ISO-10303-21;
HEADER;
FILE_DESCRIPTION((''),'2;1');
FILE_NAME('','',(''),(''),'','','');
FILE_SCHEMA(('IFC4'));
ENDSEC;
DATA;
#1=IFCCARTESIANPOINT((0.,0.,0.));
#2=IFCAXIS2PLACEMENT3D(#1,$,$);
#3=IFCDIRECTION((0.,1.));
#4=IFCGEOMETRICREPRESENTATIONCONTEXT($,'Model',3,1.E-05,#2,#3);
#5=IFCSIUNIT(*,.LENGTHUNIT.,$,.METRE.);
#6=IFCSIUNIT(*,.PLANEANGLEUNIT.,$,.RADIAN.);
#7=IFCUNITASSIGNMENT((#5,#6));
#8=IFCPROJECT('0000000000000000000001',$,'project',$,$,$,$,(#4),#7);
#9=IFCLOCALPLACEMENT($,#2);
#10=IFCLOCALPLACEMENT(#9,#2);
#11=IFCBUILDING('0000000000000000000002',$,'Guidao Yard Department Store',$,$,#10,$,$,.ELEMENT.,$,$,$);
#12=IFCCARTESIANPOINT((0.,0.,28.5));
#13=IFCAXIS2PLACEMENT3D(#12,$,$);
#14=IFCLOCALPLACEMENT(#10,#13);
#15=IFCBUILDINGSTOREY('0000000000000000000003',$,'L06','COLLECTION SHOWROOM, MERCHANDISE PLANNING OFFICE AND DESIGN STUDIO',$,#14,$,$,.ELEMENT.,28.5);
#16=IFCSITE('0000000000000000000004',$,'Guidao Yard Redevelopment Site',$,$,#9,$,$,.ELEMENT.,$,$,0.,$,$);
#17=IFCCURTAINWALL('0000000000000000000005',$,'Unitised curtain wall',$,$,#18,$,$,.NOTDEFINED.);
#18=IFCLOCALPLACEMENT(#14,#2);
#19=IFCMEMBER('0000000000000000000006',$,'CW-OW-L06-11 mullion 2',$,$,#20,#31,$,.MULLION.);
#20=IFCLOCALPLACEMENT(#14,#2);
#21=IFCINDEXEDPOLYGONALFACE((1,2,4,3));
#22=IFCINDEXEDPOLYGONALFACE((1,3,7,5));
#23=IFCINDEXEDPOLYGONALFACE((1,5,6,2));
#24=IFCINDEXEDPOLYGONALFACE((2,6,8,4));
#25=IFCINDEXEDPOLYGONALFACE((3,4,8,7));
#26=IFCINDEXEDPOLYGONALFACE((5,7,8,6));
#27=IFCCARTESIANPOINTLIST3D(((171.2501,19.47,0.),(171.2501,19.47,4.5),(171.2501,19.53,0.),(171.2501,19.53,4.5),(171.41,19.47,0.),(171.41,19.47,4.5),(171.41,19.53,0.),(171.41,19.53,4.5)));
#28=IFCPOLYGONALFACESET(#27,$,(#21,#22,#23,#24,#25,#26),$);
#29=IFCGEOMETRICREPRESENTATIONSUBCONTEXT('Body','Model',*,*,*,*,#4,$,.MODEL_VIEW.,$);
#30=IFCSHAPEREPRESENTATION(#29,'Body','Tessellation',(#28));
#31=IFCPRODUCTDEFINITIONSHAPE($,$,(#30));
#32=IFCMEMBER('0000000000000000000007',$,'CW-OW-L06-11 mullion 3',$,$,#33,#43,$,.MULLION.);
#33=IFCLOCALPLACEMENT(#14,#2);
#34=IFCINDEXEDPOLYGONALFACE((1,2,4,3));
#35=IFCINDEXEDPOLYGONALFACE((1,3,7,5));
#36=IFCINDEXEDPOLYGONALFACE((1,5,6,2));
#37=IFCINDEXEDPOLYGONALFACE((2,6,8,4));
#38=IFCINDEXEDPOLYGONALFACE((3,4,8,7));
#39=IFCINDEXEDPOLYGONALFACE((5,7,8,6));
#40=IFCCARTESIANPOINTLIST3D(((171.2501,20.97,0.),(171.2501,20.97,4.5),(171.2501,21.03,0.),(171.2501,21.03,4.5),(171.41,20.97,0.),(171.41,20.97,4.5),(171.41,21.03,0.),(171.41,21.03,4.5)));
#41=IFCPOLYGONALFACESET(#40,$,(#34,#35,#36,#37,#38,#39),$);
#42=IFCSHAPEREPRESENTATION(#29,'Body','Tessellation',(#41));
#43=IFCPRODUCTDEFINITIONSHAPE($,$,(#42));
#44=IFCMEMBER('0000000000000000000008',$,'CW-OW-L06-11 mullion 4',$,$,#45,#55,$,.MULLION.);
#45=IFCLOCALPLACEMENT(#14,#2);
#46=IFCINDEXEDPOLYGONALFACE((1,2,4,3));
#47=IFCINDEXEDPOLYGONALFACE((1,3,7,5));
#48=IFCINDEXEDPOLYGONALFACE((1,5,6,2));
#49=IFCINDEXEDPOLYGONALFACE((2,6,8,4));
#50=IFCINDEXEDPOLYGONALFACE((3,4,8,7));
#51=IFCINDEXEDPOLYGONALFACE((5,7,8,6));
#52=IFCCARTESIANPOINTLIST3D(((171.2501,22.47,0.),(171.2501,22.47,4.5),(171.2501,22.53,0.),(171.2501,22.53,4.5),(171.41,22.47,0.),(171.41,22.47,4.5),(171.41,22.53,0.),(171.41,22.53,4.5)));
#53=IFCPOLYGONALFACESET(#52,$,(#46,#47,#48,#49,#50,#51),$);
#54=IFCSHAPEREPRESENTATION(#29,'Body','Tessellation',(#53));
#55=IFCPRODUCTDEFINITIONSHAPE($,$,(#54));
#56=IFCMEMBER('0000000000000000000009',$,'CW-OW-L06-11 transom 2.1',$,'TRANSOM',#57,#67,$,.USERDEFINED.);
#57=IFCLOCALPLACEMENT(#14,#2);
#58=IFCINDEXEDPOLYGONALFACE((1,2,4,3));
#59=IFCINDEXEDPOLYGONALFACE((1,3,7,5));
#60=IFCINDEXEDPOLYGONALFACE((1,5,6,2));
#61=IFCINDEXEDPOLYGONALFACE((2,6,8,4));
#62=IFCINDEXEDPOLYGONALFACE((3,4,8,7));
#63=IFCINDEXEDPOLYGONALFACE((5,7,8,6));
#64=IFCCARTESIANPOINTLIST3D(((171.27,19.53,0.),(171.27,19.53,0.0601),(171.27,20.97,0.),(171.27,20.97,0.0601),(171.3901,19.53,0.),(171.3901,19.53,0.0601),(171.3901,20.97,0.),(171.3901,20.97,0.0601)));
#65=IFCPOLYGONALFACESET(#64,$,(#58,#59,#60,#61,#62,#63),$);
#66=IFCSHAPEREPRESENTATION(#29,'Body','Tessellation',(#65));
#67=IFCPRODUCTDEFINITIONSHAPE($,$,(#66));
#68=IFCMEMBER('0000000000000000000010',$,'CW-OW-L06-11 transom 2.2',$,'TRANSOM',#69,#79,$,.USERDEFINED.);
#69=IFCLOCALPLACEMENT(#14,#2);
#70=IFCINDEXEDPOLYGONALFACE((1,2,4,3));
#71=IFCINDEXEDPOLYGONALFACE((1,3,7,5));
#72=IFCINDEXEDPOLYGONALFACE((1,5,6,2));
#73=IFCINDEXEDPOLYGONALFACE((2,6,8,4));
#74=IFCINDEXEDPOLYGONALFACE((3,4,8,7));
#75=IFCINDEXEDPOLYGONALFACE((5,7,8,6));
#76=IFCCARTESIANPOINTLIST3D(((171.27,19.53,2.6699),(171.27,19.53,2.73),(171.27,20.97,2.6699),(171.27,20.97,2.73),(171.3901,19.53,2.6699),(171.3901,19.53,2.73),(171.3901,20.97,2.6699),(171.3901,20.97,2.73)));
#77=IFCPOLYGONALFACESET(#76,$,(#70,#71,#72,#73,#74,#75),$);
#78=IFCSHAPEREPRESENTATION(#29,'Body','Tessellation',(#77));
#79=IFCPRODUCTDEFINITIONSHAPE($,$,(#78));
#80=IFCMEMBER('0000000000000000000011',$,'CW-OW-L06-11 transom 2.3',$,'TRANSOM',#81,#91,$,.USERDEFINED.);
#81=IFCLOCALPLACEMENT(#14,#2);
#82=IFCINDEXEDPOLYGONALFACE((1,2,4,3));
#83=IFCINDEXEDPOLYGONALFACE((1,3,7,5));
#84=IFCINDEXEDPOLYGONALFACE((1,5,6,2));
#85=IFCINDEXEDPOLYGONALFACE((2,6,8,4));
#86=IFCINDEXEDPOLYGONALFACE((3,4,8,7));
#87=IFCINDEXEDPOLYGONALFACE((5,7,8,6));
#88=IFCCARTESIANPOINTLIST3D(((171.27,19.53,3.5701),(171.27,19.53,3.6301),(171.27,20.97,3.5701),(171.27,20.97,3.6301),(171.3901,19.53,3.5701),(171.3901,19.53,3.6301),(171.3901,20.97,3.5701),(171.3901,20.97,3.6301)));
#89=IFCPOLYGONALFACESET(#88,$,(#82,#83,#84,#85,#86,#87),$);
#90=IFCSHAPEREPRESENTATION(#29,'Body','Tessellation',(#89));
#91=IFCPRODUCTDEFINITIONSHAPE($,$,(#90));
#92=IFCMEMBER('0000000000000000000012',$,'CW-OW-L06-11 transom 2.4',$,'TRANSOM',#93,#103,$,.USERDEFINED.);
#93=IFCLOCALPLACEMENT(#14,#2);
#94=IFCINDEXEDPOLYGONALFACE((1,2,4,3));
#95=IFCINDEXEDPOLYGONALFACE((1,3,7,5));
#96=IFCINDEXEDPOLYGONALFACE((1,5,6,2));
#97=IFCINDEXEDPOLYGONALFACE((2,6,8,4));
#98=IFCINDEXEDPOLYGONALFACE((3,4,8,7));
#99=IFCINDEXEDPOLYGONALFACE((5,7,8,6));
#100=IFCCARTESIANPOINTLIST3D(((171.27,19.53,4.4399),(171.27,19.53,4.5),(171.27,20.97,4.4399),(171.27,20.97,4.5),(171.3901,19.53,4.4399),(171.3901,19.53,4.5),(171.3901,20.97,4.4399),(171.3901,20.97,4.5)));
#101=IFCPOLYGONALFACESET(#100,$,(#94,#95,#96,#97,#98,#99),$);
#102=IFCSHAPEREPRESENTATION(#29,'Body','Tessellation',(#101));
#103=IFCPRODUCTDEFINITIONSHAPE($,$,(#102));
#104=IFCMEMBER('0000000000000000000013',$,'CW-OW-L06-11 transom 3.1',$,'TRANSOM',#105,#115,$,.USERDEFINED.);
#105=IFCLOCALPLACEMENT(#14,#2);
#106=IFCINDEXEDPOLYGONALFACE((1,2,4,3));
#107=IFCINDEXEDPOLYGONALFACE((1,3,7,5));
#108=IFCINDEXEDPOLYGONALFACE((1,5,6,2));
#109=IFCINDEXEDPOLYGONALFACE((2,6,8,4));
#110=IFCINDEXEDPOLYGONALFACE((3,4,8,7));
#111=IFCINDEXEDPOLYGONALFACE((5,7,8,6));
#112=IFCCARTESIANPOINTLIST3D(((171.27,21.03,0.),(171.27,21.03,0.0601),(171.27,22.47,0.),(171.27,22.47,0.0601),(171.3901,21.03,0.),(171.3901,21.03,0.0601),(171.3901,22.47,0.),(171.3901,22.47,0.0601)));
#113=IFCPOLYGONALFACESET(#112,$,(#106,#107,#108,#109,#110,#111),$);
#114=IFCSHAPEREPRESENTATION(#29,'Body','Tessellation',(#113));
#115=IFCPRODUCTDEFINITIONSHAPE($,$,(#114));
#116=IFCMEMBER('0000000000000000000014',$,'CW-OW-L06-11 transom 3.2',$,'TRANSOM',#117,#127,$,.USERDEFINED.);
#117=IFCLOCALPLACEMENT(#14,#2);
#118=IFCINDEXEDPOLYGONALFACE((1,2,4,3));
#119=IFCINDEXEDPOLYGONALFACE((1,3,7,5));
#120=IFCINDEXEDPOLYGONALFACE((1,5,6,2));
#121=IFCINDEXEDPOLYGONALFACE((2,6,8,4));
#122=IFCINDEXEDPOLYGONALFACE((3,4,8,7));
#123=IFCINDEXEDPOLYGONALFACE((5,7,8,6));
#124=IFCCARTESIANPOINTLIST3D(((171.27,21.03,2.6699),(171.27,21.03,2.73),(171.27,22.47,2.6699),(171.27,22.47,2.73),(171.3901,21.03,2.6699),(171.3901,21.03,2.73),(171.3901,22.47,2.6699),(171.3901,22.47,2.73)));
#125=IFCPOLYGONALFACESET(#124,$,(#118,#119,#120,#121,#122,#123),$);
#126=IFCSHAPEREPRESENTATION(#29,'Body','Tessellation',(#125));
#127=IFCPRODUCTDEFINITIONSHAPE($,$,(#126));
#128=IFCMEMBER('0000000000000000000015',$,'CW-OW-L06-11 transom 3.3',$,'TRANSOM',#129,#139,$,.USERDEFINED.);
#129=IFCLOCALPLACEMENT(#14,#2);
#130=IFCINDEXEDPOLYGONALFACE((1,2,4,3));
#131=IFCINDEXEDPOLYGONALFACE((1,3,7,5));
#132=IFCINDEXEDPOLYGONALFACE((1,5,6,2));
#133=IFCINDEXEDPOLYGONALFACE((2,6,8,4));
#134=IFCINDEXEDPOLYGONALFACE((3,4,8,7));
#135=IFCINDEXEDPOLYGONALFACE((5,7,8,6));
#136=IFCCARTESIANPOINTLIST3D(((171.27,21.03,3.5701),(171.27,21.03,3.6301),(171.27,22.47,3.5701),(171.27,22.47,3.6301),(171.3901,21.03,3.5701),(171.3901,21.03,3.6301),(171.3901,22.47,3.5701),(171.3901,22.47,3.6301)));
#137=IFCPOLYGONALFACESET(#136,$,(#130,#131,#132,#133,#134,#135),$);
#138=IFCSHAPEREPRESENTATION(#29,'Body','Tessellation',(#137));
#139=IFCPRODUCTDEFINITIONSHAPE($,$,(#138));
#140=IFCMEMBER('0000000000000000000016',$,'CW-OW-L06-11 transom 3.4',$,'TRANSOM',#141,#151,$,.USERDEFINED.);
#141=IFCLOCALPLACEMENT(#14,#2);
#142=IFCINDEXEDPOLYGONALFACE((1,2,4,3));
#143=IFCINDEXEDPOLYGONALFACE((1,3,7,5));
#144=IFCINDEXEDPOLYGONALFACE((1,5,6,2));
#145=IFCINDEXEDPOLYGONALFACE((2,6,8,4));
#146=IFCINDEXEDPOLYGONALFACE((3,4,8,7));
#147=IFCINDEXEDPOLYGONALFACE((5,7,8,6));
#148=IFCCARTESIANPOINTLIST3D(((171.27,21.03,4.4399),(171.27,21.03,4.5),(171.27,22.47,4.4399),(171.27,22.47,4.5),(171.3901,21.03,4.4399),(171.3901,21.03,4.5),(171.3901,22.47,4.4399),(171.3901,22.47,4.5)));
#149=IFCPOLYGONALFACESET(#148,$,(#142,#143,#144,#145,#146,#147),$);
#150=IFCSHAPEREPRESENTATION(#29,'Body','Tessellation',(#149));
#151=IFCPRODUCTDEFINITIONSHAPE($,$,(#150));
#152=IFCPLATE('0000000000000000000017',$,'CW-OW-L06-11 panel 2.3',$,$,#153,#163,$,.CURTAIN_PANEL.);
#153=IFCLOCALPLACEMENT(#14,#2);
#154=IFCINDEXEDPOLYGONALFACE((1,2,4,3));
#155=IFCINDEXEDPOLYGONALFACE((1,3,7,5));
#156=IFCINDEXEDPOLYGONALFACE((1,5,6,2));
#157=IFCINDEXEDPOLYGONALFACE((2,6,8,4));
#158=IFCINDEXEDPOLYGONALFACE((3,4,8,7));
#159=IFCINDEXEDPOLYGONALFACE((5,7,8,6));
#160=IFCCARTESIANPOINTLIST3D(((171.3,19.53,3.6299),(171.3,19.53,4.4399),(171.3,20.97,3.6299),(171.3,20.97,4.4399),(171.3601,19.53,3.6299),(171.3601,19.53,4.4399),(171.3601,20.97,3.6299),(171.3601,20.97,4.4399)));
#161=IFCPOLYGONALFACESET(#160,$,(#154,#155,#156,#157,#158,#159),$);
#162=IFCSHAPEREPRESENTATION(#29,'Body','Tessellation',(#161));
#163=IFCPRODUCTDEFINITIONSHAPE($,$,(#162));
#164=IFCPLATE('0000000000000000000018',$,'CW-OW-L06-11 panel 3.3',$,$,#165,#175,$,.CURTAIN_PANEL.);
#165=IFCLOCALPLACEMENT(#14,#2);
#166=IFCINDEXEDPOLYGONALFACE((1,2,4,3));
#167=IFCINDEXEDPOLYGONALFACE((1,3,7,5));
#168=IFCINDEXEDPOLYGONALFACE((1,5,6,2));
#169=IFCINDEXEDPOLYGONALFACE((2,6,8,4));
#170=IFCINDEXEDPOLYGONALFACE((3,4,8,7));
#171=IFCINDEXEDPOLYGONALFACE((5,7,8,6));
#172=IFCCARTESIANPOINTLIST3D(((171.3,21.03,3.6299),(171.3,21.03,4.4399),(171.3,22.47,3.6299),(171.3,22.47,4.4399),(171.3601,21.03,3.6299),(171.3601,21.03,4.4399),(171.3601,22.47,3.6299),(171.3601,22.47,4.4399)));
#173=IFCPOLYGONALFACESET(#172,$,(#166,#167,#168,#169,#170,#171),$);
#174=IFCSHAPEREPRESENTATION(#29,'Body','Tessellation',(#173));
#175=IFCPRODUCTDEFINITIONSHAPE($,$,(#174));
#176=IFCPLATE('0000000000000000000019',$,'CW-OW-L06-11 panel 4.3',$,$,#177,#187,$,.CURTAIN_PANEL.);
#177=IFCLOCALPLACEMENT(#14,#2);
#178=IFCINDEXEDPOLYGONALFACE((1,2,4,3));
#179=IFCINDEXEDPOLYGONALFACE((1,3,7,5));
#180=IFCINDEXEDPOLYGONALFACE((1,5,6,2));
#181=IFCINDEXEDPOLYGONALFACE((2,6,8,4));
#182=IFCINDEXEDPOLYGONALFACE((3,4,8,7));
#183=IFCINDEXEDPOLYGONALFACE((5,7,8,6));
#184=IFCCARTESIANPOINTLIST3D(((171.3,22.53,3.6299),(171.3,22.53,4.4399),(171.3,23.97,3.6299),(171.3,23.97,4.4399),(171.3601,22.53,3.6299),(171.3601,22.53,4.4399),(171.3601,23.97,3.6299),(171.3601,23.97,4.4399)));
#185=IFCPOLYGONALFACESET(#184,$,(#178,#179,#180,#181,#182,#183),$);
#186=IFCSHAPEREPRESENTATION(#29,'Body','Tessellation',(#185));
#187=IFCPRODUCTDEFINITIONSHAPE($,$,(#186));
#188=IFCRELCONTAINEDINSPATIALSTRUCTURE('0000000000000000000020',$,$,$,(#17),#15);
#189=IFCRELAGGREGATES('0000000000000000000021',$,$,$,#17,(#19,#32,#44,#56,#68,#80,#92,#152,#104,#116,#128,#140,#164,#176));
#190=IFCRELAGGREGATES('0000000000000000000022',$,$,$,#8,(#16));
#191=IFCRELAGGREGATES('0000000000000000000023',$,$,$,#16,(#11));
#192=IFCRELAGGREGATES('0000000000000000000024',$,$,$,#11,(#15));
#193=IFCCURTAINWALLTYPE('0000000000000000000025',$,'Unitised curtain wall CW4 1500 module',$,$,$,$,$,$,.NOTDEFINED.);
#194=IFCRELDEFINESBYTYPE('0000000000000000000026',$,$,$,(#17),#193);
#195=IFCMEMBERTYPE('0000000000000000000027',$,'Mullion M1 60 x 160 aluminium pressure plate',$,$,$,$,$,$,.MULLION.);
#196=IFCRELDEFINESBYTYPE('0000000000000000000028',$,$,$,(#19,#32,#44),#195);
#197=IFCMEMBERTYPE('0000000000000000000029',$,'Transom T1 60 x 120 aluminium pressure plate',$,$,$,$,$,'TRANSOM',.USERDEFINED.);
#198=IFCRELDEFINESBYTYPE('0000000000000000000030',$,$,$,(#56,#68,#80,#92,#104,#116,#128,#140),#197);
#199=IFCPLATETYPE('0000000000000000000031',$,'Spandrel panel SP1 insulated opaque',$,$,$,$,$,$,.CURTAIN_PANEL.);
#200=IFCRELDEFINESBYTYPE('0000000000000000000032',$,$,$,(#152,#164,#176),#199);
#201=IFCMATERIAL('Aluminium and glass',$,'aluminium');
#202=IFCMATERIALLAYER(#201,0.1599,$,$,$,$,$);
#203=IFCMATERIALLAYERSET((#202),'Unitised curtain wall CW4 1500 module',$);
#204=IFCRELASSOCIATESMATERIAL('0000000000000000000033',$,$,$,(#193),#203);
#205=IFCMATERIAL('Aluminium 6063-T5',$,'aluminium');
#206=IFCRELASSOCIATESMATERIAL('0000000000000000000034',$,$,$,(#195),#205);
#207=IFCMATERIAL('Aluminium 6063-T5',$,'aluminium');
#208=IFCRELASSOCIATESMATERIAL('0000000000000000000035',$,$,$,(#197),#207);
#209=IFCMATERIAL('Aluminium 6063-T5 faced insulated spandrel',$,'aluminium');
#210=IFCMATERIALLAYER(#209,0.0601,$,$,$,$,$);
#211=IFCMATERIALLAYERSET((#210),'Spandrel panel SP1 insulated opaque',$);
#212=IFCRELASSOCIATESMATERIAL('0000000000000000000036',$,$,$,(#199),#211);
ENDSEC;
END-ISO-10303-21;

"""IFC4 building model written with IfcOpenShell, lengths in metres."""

from ifc_helpers import new_model, si_unit, direction, frame, origin, origin_2d, place, context, subcontext, project, spatial, rectangle, extrude, material, layer, layer_set, material_profile, profile_set, type_object, element, aggregate, save


model = new_model("IFC4")

# Units and contexts
model_context = context("Model", 3, precision=1e-05, world=origin(), true_north=direction((0.0, 1.0)))
body_context = subcontext(model_context, "Body", "Model", "MODEL_VIEW")
ifc_project = project(units=[si_unit("LENGTHUNIT", "METRE"), si_unit("PLANEANGLEUNIT", "RADIAN")], contexts=[model_context])

# Site, building, storey
site_placement = place(None, origin())
site = spatial("IfcSite", under=ifc_project, at=site_placement, Name="Guidao Yard Redevelopment Site", CompositionType="ELEMENT", RefElevation=0.0)
building_placement = place(site_placement, origin())
building = spatial("IfcBuilding", under=site, at=building_placement, Name="Guidao Yard Department Store", CompositionType="ELEMENT")
storey_placement = place(building_placement, frame((0.0, 0.0, 28.5)))
storey = spatial("IfcBuildingStorey", under=building, at=storey_placement, Name="L06", Description="COLLECTION SHOWROOM, MERCHANDISE PLANNING OFFICE AND DESIGN STUDIO", CompositionType="ELEMENT", Elevation=28.5)

# Curtain wall, members, plates
ifc_material_1 = material(Name="Aluminium and glass", Category="aluminium")
ifc_layer_1 = layer(ifc_material_1, 0.1599)
ifc_layer_set_1 = layer_set([ifc_layer_1], Name="Unitised curtain wall CW4 1500 module")
curtain_wall_type = type_object("IfcCurtainWallType", Name="Unitised curtain wall CW4 1500 module", PredefinedType="NOTDEFINED", material=ifc_layer_set_1)
curtain_wall_placement = place(storey_placement, origin())
curtain_wall = element("IfcCurtainWall", 1, at=curtain_wall_placement, inside=storey, type_object=curtain_wall_type, Name="Unitised curtain wall", PredefinedType="NOTDEFINED")
ifc_material_2 = material(Name="Aluminium 6063-T5", Category="aluminium")
ifc_material_profile_1 = material_profile(ifc_material_2, rectangle(XDim=0.0601, YDim=0.1599, at=origin_2d()), Name="Mullion M1 60 x 160 aluminium pressure plate")
ifc_profile_set_1 = profile_set([ifc_material_profile_1], Name="Aluminium 6063-T5")
member_type_1 = type_object("IfcMemberType", Name="Mullion M1 60 x 160 aluminium pressure plate", PredefinedType="MULLION", material=ifc_profile_set_1)
member_1_placement = place(storey_placement, frame((171.3301, 19.5, 0.0), z_axis=(0.0, 0.0, 1.0), x_axis=(0.0, -1.0, 0.0)))
member_1 = element("IfcMember", 2, at=member_1_placement, type_object=member_type_1, Name="CW-OW-L06-11 mullion 2", PredefinedType="MULLION", context=body_context, shape_type="SweptSolid", body=[
    extrude(rectangle(XDim=0.0601, YDim=0.1599, at=origin_2d()), origin(), (0.0, 0.0, 1.0), 4.5),
])
member_2_placement = place(storey_placement, frame((171.3301, 21.0, 0.0), z_axis=(0.0, 0.0, 1.0), x_axis=(0.0, -1.0, 0.0)))
member_2 = element("IfcMember", 3, at=member_2_placement, type_object=member_type_1, Name="CW-OW-L06-11 mullion 3", PredefinedType="MULLION", context=body_context, shape_type="SweptSolid", body=[
    extrude(rectangle(XDim=0.0601, YDim=0.1599, at=origin_2d()), origin(), (0.0, 0.0, 1.0), 4.5),
])
member_3_placement = place(storey_placement, frame((171.3301, 22.5, 0.0), z_axis=(0.0, 0.0, 1.0), x_axis=(0.0, -1.0, 0.0)))
member_3 = element("IfcMember", 4, at=member_3_placement, type_object=member_type_1, Name="CW-OW-L06-11 mullion 4", PredefinedType="MULLION", context=body_context, shape_type="SweptSolid", body=[
    extrude(rectangle(XDim=0.0601, YDim=0.1599, at=origin_2d()), origin(), (0.0, 0.0, 1.0), 4.5),
])
ifc_material_3 = material(Name="Aluminium 6063-T5", Category="aluminium")
ifc_material_profile_2 = material_profile(ifc_material_3, rectangle(XDim=0.1201, YDim=0.0601, at=origin_2d()), Name="Transom T1 60 x 120 aluminium pressure plate")
ifc_profile_set_2 = profile_set([ifc_material_profile_2], Name="Aluminium 6063-T5")
member_type_2 = type_object("IfcMemberType", Name="Transom T1 60 x 120 aluminium pressure plate", ElementType="TRANSOM", PredefinedType="USERDEFINED", material=ifc_profile_set_2)
member_4_placement = place(storey_placement, frame((171.3301, 20.97, 0.03), z_axis=(0.0, -1.0, 0.0), x_axis=(1.0, 0.0, 0.0)))
member_4 = element("IfcMember", 5, at=member_4_placement, type_object=member_type_2, Name="CW-OW-L06-11 transom 2.1", ObjectType="TRANSOM", PredefinedType="USERDEFINED", context=body_context, shape_type="SweptSolid", body=[
    extrude(rectangle(XDim=0.1201, YDim=0.0601, at=origin_2d()), origin(), (0.0, 0.0, 1.0), 1.4399),
])
member_5_placement = place(storey_placement, frame((171.3301, 20.97, 2.7), z_axis=(0.0, -1.0, 0.0), x_axis=(1.0, 0.0, 0.0)))
member_5 = element("IfcMember", 6, at=member_5_placement, type_object=member_type_2, Name="CW-OW-L06-11 transom 2.2", ObjectType="TRANSOM", PredefinedType="USERDEFINED", context=body_context, shape_type="SweptSolid", body=[
    extrude(rectangle(XDim=0.1201, YDim=0.0601, at=origin_2d()), origin(), (0.0, 0.0, 1.0), 1.4399),
])
member_6_placement = place(storey_placement, frame((171.3301, 20.97, 3.6001), z_axis=(0.0, -1.0, 0.0), x_axis=(1.0, 0.0, 0.0)))
member_6 = element("IfcMember", 7, at=member_6_placement, type_object=member_type_2, Name="CW-OW-L06-11 transom 2.3", ObjectType="TRANSOM", PredefinedType="USERDEFINED", context=body_context, shape_type="SweptSolid", body=[
    extrude(rectangle(XDim=0.1201, YDim=0.0601, at=origin_2d()), origin(), (0.0, 0.0, 1.0), 1.4399),
])
member_7_placement = place(storey_placement, frame((171.3301, 20.97, 4.47), z_axis=(0.0, -1.0, 0.0), x_axis=(1.0, 0.0, 0.0)))
member_7 = element("IfcMember", 8, at=member_7_placement, type_object=member_type_2, Name="CW-OW-L06-11 transom 2.4", ObjectType="TRANSOM", PredefinedType="USERDEFINED", context=body_context, shape_type="SweptSolid", body=[
    extrude(rectangle(XDim=0.1201, YDim=0.0601, at=origin_2d()), origin(), (0.0, 0.0, 1.0), 1.4399),
])
member_8_placement = place(storey_placement, frame((171.3301, 22.47, 0.03), z_axis=(0.0, -1.0, 0.0), x_axis=(1.0, 0.0, 0.0)))
member_8 = element("IfcMember", 9, at=member_8_placement, type_object=member_type_2, Name="CW-OW-L06-11 transom 3.1", ObjectType="TRANSOM", PredefinedType="USERDEFINED", context=body_context, shape_type="SweptSolid", body=[
    extrude(rectangle(XDim=0.1201, YDim=0.0601, at=origin_2d()), origin(), (0.0, 0.0, 1.0), 1.4399),
])
member_9_placement = place(storey_placement, frame((171.3301, 22.47, 2.7), z_axis=(0.0, -1.0, 0.0), x_axis=(1.0, 0.0, 0.0)))
member_9 = element("IfcMember", 10, at=member_9_placement, type_object=member_type_2, Name="CW-OW-L06-11 transom 3.2", ObjectType="TRANSOM", PredefinedType="USERDEFINED", context=body_context, shape_type="SweptSolid", body=[
    extrude(rectangle(XDim=0.1201, YDim=0.0601, at=origin_2d()), origin(), (0.0, 0.0, 1.0), 1.4399),
])
member_10_placement = place(storey_placement, frame((171.3301, 22.47, 3.6001), z_axis=(0.0, -1.0, 0.0), x_axis=(1.0, 0.0, 0.0)))
member_10 = element("IfcMember", 11, at=member_10_placement, type_object=member_type_2, Name="CW-OW-L06-11 transom 3.3", ObjectType="TRANSOM", PredefinedType="USERDEFINED", context=body_context, shape_type="SweptSolid", body=[
    extrude(rectangle(XDim=0.1201, YDim=0.0601, at=origin_2d()), origin(), (0.0, 0.0, 1.0), 1.4399),
])
member_11_placement = place(storey_placement, frame((171.3301, 22.47, 4.47), z_axis=(0.0, -1.0, 0.0), x_axis=(1.0, 0.0, 0.0)))
member_11 = element("IfcMember", 12, at=member_11_placement, type_object=member_type_2, Name="CW-OW-L06-11 transom 3.4", ObjectType="TRANSOM", PredefinedType="USERDEFINED", context=body_context, shape_type="SweptSolid", body=[
    extrude(rectangle(XDim=0.1201, YDim=0.0601, at=origin_2d()), origin(), (0.0, 0.0, 1.0), 1.4399),
])
ifc_material_4 = material(Name="Aluminium 6063-T5 faced insulated spandrel", Category="aluminium")
ifc_layer_2 = layer(ifc_material_4, 0.0601)
ifc_layer_set_2 = layer_set([ifc_layer_2], Name="Spandrel panel SP1 insulated opaque")
plate_type_1 = type_object("IfcPlateType", Name="Spandrel panel SP1 insulated opaque", PredefinedType="CURTAIN_PANEL", material=ifc_layer_set_2)
plate_1_placement = place(storey_placement, frame((171.3301, 20.25, 3.6299), z_axis=(0.0, 0.0, 1.0), x_axis=(0.0, -1.0, 0.0)))
plate_1 = element("IfcPlate", 13, at=plate_1_placement, type_object=plate_type_1, Name="CW-OW-L06-11 panel 2.3", PredefinedType="CURTAIN_PANEL", context=body_context, shape_type="SweptSolid", body=[
    extrude(rectangle(XDim=1.4399, YDim=0.0601, at=origin_2d()), origin(), (0.0, 0.0, 1.0), 0.8101),
])
plate_2_placement = place(storey_placement, frame((171.3301, 21.75, 3.6299), z_axis=(0.0, 0.0, 1.0), x_axis=(0.0, -1.0, 0.0)))
plate_2 = element("IfcPlate", 14, at=plate_2_placement, type_object=plate_type_1, Name="CW-OW-L06-11 panel 3.3", PredefinedType="CURTAIN_PANEL", context=body_context, shape_type="SweptSolid", body=[
    extrude(rectangle(XDim=1.4399, YDim=0.0601, at=origin_2d()), origin(), (0.0, 0.0, 1.0), 0.8101),
])
plate_3_placement = place(storey_placement, frame((171.3301, 23.25, 3.6299), z_axis=(0.0, 0.0, 1.0), x_axis=(0.0, -1.0, 0.0)))
plate_3 = element("IfcPlate", 15, at=plate_3_placement, type_object=plate_type_1, Name="CW-OW-L06-11 panel 4.3", PredefinedType="CURTAIN_PANEL", context=body_context, shape_type="SweptSolid", body=[
    extrude(rectangle(XDim=1.4399, YDim=0.0601, at=origin_2d()), origin(), (0.0, 0.0, 1.0), 0.8101),
])
aggregate(curtain_wall, [member_1, member_2, member_3, member_4, member_5, member_6, member_7, plate_1, member_8, member_9, member_10, member_11, plate_2, plate_3])

save(model, "model.ifc")
